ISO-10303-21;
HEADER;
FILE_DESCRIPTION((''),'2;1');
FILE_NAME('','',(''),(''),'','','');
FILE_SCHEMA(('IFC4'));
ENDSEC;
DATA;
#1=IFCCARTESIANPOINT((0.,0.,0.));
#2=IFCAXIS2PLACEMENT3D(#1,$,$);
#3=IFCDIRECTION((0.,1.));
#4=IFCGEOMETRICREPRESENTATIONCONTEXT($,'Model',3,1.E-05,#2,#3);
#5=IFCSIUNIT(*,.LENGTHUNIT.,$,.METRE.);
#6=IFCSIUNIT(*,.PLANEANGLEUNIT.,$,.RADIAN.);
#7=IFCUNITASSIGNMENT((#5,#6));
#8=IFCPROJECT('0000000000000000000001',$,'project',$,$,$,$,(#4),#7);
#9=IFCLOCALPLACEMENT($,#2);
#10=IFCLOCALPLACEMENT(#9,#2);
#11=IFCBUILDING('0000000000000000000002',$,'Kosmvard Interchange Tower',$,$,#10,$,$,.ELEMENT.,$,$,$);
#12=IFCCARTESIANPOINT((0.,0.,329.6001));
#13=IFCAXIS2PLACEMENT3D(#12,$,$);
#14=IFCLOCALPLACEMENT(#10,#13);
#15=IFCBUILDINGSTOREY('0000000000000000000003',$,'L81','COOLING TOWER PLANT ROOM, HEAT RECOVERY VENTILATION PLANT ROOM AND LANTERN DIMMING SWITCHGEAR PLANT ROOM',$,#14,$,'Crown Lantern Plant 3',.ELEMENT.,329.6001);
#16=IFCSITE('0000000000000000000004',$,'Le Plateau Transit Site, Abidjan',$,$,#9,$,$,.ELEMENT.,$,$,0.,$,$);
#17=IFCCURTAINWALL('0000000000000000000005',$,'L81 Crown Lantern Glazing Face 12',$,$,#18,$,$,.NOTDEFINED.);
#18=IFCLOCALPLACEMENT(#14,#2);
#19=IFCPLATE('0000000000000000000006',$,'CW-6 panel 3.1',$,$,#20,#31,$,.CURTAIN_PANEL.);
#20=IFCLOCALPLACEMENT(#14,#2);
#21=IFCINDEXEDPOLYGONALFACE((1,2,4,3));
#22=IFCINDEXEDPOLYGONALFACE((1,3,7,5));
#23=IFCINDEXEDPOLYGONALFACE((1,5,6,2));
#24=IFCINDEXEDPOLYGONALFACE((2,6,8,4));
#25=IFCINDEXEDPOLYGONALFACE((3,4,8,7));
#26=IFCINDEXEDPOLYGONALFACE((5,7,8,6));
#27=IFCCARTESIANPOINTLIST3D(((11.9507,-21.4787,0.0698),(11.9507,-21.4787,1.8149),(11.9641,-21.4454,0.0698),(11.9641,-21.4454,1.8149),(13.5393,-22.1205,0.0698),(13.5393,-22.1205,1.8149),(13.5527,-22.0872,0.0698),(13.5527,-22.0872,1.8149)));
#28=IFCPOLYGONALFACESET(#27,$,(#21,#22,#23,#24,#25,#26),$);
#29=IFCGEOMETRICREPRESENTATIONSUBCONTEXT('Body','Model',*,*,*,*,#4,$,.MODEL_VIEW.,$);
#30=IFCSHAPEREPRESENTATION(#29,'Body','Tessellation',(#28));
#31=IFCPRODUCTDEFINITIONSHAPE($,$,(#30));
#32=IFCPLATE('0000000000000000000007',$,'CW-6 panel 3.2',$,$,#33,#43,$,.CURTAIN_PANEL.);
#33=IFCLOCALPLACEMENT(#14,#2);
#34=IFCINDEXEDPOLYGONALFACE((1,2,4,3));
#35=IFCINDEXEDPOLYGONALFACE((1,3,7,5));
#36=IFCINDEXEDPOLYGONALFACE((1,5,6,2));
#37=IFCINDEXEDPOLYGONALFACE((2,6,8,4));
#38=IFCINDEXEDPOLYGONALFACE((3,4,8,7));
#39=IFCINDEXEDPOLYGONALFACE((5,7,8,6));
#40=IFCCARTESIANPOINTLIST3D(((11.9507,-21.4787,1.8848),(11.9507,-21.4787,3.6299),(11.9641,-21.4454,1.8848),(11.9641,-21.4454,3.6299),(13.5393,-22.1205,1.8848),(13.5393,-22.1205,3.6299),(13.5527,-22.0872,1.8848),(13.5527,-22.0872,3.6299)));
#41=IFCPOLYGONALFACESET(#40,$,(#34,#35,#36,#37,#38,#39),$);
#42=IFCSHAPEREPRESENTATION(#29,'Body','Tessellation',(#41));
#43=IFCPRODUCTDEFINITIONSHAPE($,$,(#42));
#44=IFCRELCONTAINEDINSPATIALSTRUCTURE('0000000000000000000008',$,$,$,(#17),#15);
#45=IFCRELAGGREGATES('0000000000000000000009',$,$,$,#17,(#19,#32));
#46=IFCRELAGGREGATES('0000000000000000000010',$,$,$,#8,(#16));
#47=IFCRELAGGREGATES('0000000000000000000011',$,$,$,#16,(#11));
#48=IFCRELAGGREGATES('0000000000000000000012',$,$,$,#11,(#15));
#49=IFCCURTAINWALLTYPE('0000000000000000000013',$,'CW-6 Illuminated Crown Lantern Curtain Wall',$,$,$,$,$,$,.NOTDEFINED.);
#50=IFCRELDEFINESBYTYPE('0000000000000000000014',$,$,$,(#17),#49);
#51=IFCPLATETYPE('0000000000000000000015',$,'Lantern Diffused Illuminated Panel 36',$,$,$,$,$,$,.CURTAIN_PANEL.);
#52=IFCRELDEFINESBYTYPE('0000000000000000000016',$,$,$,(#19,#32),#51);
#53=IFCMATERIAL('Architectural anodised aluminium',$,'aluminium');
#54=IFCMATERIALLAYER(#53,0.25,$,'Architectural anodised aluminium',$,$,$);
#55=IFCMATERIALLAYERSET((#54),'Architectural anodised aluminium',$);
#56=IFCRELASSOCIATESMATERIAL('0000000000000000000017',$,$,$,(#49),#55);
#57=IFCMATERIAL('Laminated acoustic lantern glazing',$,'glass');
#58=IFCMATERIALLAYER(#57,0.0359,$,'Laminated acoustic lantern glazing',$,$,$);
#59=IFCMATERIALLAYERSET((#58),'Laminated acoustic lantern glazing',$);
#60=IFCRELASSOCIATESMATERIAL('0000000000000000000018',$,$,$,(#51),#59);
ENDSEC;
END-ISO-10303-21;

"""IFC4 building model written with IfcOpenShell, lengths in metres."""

from ifc_helpers import new_model, si_unit, direction, frame, origin, origin_2d, place, context, subcontext, project, spatial, rectangle, extrude, source, transform, mapped, material, layer, layer_set, type_object, element, aggregate, save


model = new_model("IFC4")

# Units and contexts
model_context = context("Model", 3, precision=1e-05, world=origin(), true_north=direction((0.0, 1.0)))
body_context = subcontext(model_context, "Body", "Model", "MODEL_VIEW")
ifc_project = project(units=[si_unit("LENGTHUNIT", "METRE"), si_unit("PLANEANGLEUNIT", "RADIAN")], contexts=[model_context])

# Site, building, storey
site_placement = place(None, origin())
site = spatial("IfcSite", under=ifc_project, at=site_placement, Name="Le Plateau Transit Site, Abidjan", CompositionType="ELEMENT", RefElevation=0.0)
building_placement = place(site_placement, origin())
building = spatial("IfcBuilding", under=site, at=building_placement, Name="Kosmvard Interchange Tower", CompositionType="ELEMENT")
storey_placement = place(building_placement, frame((0.0, 0.0, 329.6001)))
storey = spatial("IfcBuildingStorey", under=building, at=storey_placement, Name="L81", Description="COOLING TOWER PLANT ROOM, HEAT RECOVERY VENTILATION PLANT ROOM AND LANTERN DIMMING SWITCHGEAR PLANT ROOM", LongName="Crown Lantern Plant 3", CompositionType="ELEMENT", Elevation=329.6001)

# Shared definitions
ifc_material_1 = material(Name="Architectural anodised aluminium", Category="aluminium")
ifc_layer_1 = layer(ifc_material_1, 0.25, Name="Architectural anodised aluminium")
ifc_layer_set_1 = layer_set([ifc_layer_1], Name="Architectural anodised aluminium")
curtain_wall_type = type_object("IfcCurtainWallType", Name="CW-6 Illuminated Crown Lantern Curtain Wall", PredefinedType="NOTDEFINED", material=ifc_layer_set_1)

# Curtain wall
curtain_wall_1_placement = place(storey_placement, origin())
curtain_wall_1 = element("IfcCurtainWall", 1, at=curtain_wall_1_placement, inside=storey, type_object=curtain_wall_type, Name="L81 Crown Lantern Glazing Face 12", PredefinedType="NOTDEFINED")

# Plates
ifc_material_2 = material(Name="Laminated acoustic lantern glazing", Category="glass")
ifc_layer_2 = layer(ifc_material_2, 0.0359, Name="Laminated acoustic lantern glazing")
ifc_layer_set_2 = layer_set([ifc_layer_2], Name="Laminated acoustic lantern glazing")
plate_type = type_object("IfcPlateType", Name="Lantern Diffused Illuminated Panel 36", PredefinedType="CURTAIN_PANEL", material=ifc_layer_set_2)
shared_shape_1 = source(origin(), body_context, "Body", "SweptSolid", [
    extrude(rectangle(XDim=1.7134, YDim=0.0359, at=origin_2d()), origin(), (0.0, 0.0, 1.0), 1.7451),
])
plate_1_placement = place(storey_placement, frame((12.7517, -21.783, 0.0698), z_axis=(0.0, 0.0, 1.0), x_axis=(0.927184, -0.374607, 0.0)))
plate_1 = element("IfcPlate", 2, at=plate_1_placement, type_object=plate_type, Name="CW-6 panel 3.1", PredefinedType="CURTAIN_PANEL", context=body_context, shape_type="MappedRepresentation", body=[
    mapped(shared_shape_1, transform((0.0, 0.0, 0.0), scale=1.0)),
])
plate_2_placement = place(storey_placement, frame((12.7517, -21.783, 1.8848), z_axis=(0.0, 0.0, 1.0), x_axis=(0.927184, -0.374607, 0.0)))
plate_2 = element("IfcPlate", 3, at=plate_2_placement, type_object=plate_type, Name="CW-6 panel 3.2", PredefinedType="CURTAIN_PANEL", context=body_context, shape_type="MappedRepresentation", body=[
    mapped(shared_shape_1, transform((0.0, 0.0, 0.0), scale=1.0)),
])
aggregate(curtain_wall_1, [plate_1, plate_2])

save(model, "model.ifc")
